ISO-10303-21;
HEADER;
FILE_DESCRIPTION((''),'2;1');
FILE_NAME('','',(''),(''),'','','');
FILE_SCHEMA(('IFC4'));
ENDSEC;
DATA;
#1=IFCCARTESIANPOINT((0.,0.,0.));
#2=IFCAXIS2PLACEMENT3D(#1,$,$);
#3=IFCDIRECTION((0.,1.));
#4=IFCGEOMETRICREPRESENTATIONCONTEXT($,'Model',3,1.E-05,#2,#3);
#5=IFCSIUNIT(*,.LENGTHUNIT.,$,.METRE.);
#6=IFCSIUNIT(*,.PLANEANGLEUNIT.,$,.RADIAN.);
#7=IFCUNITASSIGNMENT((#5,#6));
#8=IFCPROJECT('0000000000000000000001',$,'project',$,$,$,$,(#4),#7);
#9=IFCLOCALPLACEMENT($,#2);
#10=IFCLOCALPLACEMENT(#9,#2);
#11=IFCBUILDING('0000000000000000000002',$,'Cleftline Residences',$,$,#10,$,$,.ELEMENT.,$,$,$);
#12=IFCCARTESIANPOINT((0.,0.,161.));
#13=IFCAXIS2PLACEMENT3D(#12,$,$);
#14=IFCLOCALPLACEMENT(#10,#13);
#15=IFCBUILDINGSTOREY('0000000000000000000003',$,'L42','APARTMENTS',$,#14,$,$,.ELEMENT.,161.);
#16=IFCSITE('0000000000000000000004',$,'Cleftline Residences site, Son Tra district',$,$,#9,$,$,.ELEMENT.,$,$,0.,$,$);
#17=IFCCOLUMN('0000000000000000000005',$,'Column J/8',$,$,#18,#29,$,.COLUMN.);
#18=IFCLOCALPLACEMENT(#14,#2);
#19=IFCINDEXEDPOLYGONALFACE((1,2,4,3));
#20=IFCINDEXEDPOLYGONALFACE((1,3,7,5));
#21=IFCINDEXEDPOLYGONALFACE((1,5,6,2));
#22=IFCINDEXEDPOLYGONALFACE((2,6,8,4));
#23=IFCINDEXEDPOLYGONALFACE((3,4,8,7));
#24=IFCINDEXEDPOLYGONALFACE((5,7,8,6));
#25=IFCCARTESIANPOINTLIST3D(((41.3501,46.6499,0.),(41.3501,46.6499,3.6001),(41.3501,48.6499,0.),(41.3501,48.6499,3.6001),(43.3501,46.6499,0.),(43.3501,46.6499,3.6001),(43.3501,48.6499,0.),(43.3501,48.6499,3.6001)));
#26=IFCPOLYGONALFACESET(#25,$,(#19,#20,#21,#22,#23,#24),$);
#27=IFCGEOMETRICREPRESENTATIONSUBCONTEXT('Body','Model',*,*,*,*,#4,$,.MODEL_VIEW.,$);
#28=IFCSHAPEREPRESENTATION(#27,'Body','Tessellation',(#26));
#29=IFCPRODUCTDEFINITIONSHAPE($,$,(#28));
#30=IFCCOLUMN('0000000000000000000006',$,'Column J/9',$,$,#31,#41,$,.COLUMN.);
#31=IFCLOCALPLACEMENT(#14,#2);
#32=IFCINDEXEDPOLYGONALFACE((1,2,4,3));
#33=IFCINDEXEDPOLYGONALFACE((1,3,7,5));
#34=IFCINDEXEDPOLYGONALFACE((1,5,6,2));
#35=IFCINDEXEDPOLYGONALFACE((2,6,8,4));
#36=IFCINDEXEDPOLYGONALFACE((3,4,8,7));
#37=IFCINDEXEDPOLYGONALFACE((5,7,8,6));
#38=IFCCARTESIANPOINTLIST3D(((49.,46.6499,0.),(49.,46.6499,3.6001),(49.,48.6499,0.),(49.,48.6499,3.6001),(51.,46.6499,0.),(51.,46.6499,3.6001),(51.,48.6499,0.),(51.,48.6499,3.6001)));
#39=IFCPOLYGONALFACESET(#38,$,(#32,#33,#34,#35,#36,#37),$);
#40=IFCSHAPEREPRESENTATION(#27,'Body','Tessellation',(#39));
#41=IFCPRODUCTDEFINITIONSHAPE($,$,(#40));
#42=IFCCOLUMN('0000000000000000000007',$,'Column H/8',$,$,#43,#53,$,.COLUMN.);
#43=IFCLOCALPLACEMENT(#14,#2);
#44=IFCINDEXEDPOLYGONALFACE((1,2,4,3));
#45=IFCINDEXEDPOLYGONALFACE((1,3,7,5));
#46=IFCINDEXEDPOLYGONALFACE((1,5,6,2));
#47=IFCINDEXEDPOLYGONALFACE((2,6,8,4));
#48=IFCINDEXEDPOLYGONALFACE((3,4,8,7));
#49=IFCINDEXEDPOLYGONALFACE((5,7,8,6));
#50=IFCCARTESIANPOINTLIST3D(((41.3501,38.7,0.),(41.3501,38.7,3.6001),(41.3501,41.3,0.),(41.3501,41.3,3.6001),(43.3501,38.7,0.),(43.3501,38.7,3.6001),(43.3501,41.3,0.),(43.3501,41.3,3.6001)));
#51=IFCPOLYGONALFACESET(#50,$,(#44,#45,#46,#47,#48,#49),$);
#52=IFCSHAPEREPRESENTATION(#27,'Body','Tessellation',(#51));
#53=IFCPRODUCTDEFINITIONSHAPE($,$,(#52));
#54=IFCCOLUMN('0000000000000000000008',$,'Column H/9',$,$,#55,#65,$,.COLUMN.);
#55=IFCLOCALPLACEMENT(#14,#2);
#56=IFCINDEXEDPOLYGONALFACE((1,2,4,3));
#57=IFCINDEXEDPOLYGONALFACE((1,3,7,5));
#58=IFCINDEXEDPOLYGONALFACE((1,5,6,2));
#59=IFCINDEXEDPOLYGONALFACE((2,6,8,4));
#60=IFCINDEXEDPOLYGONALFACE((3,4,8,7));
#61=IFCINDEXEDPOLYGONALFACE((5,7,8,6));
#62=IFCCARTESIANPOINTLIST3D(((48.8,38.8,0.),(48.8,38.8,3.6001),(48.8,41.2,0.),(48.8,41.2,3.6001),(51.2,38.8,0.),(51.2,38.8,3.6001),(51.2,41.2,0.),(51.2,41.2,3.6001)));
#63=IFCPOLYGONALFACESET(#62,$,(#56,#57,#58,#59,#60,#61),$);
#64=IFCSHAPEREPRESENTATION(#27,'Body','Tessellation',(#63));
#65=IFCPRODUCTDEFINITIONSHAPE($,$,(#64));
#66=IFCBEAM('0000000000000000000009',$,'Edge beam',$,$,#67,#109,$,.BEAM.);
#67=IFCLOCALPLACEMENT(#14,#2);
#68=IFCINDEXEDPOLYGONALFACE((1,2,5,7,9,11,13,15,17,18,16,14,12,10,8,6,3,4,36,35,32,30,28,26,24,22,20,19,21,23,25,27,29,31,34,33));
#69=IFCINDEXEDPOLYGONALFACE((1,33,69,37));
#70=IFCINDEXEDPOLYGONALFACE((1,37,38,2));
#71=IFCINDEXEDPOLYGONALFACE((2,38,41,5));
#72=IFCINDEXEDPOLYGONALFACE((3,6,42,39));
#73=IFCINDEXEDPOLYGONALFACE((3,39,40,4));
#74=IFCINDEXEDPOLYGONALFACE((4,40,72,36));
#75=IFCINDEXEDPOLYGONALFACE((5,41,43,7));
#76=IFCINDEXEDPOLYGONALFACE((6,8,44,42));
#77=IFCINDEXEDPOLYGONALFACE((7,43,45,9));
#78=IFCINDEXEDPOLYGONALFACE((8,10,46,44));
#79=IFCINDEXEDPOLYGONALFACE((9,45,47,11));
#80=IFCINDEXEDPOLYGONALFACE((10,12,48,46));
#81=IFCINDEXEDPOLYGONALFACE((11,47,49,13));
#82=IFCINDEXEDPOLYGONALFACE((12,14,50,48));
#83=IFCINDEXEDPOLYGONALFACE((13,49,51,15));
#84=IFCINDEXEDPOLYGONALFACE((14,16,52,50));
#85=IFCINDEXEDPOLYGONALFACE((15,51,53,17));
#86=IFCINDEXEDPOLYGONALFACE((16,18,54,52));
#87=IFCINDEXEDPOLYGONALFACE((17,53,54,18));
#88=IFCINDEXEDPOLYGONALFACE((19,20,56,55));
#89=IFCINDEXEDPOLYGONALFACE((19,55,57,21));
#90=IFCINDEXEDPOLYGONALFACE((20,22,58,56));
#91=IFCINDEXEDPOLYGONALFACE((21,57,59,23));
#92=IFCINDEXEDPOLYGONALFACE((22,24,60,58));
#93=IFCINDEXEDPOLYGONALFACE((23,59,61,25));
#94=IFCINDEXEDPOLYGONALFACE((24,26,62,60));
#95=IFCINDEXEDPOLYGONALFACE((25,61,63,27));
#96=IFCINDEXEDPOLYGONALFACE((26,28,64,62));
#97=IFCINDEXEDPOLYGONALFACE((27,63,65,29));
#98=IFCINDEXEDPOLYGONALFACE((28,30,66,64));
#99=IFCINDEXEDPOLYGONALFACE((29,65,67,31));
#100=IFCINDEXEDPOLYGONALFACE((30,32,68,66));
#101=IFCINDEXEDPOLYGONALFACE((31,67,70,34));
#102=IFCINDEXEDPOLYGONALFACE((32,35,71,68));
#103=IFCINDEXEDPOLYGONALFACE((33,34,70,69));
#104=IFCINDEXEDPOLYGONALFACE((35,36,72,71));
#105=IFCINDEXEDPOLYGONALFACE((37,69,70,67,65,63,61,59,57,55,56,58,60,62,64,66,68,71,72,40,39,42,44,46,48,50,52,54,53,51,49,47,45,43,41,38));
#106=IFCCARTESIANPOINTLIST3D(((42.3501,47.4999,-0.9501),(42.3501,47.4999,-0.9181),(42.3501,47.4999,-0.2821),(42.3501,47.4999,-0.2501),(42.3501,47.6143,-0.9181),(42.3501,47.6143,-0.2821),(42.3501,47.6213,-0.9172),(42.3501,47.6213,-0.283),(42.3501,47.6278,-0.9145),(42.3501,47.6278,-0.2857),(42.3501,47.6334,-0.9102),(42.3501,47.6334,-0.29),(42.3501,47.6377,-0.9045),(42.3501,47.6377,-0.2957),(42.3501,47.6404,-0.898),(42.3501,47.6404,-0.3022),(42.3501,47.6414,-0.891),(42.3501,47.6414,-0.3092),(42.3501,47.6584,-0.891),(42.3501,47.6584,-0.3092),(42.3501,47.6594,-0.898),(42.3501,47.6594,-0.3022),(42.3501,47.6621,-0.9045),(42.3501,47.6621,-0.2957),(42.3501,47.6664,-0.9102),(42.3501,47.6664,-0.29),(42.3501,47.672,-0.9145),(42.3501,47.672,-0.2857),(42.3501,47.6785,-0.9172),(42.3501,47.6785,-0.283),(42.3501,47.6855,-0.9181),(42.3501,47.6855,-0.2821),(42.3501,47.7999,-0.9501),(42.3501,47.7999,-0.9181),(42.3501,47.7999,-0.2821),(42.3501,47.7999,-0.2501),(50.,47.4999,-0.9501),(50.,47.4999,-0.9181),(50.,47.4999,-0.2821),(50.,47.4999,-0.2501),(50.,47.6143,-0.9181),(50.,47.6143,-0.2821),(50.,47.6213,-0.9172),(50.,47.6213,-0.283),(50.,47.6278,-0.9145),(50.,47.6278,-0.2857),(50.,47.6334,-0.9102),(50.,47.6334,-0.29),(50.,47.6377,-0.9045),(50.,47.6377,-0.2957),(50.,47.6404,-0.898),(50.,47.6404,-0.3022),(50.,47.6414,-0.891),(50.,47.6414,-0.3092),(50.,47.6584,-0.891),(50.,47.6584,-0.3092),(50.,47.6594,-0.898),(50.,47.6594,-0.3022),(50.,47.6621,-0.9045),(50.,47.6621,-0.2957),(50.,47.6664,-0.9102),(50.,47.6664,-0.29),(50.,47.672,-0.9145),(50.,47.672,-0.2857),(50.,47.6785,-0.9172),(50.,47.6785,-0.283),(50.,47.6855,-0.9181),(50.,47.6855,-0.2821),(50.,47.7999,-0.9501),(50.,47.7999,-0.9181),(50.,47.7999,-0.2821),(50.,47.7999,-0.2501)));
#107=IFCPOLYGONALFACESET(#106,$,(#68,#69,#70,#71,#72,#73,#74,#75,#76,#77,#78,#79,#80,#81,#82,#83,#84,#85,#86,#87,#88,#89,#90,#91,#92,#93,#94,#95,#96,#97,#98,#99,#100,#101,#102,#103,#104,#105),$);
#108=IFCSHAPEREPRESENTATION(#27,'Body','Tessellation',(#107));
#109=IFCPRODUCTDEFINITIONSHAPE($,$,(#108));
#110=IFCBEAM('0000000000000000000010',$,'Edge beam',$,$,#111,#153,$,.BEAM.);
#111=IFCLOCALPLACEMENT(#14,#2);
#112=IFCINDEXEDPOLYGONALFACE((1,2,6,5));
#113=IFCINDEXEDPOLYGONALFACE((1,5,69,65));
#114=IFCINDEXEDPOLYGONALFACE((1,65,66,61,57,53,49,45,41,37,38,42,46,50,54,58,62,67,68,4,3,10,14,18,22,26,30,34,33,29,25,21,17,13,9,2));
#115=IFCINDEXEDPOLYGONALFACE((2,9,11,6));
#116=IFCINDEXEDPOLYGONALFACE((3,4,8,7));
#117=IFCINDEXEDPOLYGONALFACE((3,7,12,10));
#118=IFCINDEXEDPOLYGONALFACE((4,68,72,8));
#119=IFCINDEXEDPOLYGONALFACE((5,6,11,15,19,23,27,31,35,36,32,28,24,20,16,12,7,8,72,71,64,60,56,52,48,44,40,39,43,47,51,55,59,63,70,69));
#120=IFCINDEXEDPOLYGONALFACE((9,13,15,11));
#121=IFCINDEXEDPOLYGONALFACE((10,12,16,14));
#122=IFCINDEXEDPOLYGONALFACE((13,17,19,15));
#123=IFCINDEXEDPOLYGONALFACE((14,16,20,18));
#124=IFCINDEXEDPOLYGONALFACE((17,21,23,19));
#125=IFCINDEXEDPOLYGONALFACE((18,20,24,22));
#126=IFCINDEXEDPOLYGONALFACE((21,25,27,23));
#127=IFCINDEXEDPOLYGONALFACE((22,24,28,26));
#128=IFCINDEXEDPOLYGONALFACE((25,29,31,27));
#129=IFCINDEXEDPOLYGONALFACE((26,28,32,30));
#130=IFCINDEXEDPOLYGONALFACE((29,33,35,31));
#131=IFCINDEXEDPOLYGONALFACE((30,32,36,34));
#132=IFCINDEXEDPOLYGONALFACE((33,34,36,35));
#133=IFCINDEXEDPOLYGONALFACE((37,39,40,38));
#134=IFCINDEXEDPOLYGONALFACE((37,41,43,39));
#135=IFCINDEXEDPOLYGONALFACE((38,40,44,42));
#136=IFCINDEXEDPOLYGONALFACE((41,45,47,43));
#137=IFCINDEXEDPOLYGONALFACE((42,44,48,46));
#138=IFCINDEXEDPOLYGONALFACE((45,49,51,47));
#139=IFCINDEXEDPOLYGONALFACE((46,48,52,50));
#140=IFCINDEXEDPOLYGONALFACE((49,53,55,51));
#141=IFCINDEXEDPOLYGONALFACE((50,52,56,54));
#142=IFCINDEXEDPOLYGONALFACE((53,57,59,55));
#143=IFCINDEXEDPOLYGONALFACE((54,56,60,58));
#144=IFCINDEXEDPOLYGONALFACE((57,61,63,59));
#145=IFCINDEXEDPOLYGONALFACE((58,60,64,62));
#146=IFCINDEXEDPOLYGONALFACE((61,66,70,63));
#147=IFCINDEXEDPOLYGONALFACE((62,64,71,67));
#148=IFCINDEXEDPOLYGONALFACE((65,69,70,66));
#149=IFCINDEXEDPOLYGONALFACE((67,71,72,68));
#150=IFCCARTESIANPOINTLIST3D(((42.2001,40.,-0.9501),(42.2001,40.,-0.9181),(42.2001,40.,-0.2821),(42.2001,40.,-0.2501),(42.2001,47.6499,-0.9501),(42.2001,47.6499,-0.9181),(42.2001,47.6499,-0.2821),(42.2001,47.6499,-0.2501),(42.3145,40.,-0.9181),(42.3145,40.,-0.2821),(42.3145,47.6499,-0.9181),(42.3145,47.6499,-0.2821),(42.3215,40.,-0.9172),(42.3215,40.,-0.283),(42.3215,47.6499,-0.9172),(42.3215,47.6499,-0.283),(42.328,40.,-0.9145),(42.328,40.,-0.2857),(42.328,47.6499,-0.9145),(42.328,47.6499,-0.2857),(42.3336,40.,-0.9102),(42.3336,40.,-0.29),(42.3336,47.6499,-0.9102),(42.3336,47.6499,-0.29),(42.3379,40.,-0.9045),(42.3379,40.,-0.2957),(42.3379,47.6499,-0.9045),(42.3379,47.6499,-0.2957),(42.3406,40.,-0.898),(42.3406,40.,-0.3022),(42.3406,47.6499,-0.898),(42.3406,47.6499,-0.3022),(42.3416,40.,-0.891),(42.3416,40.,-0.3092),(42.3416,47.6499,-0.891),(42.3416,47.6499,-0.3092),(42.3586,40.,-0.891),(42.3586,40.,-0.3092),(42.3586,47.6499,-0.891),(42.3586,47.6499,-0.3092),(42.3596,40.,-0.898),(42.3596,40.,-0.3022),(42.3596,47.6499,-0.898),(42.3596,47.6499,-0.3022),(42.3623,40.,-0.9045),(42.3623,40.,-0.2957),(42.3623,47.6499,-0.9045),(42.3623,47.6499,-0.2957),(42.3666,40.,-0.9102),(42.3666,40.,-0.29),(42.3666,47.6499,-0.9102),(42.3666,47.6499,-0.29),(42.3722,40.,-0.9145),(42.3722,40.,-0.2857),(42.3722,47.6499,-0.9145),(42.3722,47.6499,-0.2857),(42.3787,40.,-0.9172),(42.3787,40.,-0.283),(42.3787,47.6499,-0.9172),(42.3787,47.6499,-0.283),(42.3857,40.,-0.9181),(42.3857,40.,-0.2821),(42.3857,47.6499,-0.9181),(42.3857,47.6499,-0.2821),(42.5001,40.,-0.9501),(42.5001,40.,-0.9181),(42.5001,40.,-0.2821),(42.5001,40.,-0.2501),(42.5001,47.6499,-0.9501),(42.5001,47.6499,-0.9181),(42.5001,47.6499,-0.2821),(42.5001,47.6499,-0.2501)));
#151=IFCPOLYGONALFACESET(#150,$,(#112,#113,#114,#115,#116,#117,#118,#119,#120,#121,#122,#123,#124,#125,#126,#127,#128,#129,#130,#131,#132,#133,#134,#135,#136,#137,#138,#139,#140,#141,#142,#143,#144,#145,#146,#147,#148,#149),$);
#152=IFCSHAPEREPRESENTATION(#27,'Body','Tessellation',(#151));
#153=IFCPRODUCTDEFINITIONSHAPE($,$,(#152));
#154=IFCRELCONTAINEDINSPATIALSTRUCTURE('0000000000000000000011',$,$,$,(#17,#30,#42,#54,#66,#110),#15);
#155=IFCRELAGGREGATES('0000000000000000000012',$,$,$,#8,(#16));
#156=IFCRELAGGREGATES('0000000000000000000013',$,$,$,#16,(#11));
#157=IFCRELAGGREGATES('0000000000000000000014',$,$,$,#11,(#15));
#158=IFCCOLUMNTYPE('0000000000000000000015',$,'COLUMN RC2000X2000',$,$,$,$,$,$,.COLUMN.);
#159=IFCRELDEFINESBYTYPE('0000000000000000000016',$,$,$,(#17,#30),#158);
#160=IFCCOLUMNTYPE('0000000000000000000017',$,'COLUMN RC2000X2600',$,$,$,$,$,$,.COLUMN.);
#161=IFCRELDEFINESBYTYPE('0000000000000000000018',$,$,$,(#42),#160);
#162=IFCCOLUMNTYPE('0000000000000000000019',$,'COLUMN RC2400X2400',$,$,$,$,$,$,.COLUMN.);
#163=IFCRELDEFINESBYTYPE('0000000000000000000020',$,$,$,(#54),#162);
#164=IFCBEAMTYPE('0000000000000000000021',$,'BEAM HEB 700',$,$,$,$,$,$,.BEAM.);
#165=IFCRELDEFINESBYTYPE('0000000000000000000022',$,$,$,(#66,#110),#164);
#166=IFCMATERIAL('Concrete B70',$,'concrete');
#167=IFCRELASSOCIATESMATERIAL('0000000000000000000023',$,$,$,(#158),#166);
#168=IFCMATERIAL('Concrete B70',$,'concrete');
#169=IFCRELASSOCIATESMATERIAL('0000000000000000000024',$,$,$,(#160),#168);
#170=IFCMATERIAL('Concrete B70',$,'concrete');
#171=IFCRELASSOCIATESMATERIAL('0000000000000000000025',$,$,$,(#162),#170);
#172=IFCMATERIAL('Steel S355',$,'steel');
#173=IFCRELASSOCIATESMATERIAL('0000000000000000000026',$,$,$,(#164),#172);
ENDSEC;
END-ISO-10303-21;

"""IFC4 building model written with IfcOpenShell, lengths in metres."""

from ifc_helpers import new_model, si_unit, direction, frame, origin, origin_2d, place, context, subcontext, project, spatial, rectangle, i_section, extrude, material, material_profile, profile_set, type_object, element, save


model = new_model("IFC4")

# Units and contexts
model_context = context("Model", 3, precision=1e-05, world=origin(), true_north=direction((0.0, 1.0)))
body_context = subcontext(model_context, "Body", "Model", "MODEL_VIEW")
ifc_project = project(units=[si_unit("LENGTHUNIT", "METRE"), si_unit("PLANEANGLEUNIT", "RADIAN")], contexts=[model_context])

# Site, building, storey
site_placement = place(None, origin())
site = spatial("IfcSite", under=ifc_project, at=site_placement, Name="Cleftline Residences site, Son Tra district", CompositionType="ELEMENT", RefElevation=0.0)
building_placement = place(site_placement, origin())
building = spatial("IfcBuilding", under=site, at=building_placement, Name="Cleftline Residences", CompositionType="ELEMENT")
storey_placement = place(building_placement, frame((0.0, 0.0, 161.0)))
storey = spatial("IfcBuildingStorey", under=building, at=storey_placement, Name="L42", Description="APARTMENTS", CompositionType="ELEMENT", Elevation=161.0)

# Columns
ifc_material_1 = material(Name="Concrete B70", Category="concrete")
ifc_material_profile_1 = material_profile(ifc_material_1, rectangle(XDim=2.0, YDim=2.0, at=origin_2d()))
ifc_profile_set_1 = profile_set([ifc_material_profile_1], Name="Concrete B70")
column_type_1 = type_object("IfcColumnType", Name="COLUMN RC2000X2000", PredefinedType="COLUMN", material=ifc_profile_set_1)
for number, where, z_axis, x_axis, name in (
    (1, (42.3501, 47.6499, 0.0), (0.0, 0.0, 1.0), (1.0, 0.0, 0.0), "Column J/8"),
    (2, (50.0, 47.6499, 0.0), (0.0, 0.0, 1.0), (1.0, 0.0, 0.0), "Column J/9"),
):
    element("IfcColumn", number, at=place(storey_placement, frame(where, z_axis=z_axis, x_axis=x_axis)), inside=storey, type_object=column_type_1, Name=name, PredefinedType="COLUMN", context=body_context, shape_type="SweptSolid", body=[
        extrude(rectangle(XDim=2.0, YDim=2.0, at=origin_2d()), origin(), (0.0, 0.0, 1.0), 3.6001),
    ])
ifc_material_2 = material(Name="Concrete B70", Category="concrete")
ifc_material_profile_2 = material_profile(ifc_material_2, rectangle(XDim=2.0, YDim=2.6001, at=origin_2d()))
ifc_profile_set_2 = profile_set([ifc_material_profile_2], Name="Concrete B70")
column_type_2 = type_object("IfcColumnType", Name="COLUMN RC2000X2600", PredefinedType="COLUMN", material=ifc_profile_set_2)
column_1_placement = place(storey_placement, frame((42.3501, 40.0, 0.0), z_axis=(0.0, 0.0, 1.0), x_axis=(1.0, 0.0, 0.0)))
element("IfcColumn", 3, at=column_1_placement, inside=storey, type_object=column_type_2, Name="Column H/8", PredefinedType="COLUMN", context=body_context, shape_type="SweptSolid", body=[
    extrude(rectangle(XDim=2.0, YDim=2.6001, at=origin_2d()), origin(), (0.0, 0.0, 1.0), 3.6001),
])
ifc_material_3 = material(Name="Concrete B70", Category="concrete")
ifc_material_profile_3 = material_profile(ifc_material_3, rectangle(XDim=2.3999, YDim=2.3999, at=origin_2d()))
ifc_profile_set_3 = profile_set([ifc_material_profile_3], Name="Concrete B70")
column_type_3 = type_object("IfcColumnType", Name="COLUMN RC2400X2400", PredefinedType="COLUMN", material=ifc_profile_set_3)
column_2_placement = place(storey_placement, frame((50.0, 40.0, 0.0), z_axis=(0.0, 0.0, 1.0), x_axis=(1.0, 0.0, 0.0)))
element("IfcColumn", 4, at=column_2_placement, inside=storey, type_object=column_type_3, Name="Column H/9", PredefinedType="COLUMN", context=body_context, shape_type="SweptSolid", body=[
    extrude(rectangle(XDim=2.3999, YDim=2.3999, at=origin_2d()), origin(), (0.0, 0.0, 1.0), 3.6001),
])

# Beams
ifc_material_4 = material(Name="Steel S355", Category="steel")
ifc_material_profile_4 = material_profile(ifc_material_4, i_section(OverallWidth=0.3, OverallDepth=0.7, WebThickness=0.0171, FlangeThickness=0.032, FilletRadius=0.0271, at=origin_2d()))
ifc_profile_set_4 = profile_set([ifc_material_profile_4], Name="Steel S355")
beam_type = type_object("IfcBeamType", Name="BEAM HEB 700", PredefinedType="BEAM", material=ifc_profile_set_4)
for number, where, z_axis, x_axis, name in (
    (5, (50.0, 47.6499, -0.6001), (-1.0, 0.0, 0.0), (0.0, -1.0, 0.0), "Edge beam"),
    (6, (42.3501, 47.6499, -0.6001), (0.0, -1.0, 0.0), (1.0, 0.0, 0.0), "Edge beam"),
):
    element("IfcBeam", number, at=place(storey_placement, frame(where, z_axis=z_axis, x_axis=x_axis)), inside=storey, type_object=beam_type, Name=name, PredefinedType="BEAM", context=body_context, shape_type="SweptSolid", body=[
        extrude(i_section(OverallWidth=0.3, OverallDepth=0.7, WebThickness=0.0171, FlangeThickness=0.032, FilletRadius=0.0271, at=origin_2d()), origin(), (0.0, 0.0, 1.0), 7.6499),
    ])

save(model, "model.ifc")
